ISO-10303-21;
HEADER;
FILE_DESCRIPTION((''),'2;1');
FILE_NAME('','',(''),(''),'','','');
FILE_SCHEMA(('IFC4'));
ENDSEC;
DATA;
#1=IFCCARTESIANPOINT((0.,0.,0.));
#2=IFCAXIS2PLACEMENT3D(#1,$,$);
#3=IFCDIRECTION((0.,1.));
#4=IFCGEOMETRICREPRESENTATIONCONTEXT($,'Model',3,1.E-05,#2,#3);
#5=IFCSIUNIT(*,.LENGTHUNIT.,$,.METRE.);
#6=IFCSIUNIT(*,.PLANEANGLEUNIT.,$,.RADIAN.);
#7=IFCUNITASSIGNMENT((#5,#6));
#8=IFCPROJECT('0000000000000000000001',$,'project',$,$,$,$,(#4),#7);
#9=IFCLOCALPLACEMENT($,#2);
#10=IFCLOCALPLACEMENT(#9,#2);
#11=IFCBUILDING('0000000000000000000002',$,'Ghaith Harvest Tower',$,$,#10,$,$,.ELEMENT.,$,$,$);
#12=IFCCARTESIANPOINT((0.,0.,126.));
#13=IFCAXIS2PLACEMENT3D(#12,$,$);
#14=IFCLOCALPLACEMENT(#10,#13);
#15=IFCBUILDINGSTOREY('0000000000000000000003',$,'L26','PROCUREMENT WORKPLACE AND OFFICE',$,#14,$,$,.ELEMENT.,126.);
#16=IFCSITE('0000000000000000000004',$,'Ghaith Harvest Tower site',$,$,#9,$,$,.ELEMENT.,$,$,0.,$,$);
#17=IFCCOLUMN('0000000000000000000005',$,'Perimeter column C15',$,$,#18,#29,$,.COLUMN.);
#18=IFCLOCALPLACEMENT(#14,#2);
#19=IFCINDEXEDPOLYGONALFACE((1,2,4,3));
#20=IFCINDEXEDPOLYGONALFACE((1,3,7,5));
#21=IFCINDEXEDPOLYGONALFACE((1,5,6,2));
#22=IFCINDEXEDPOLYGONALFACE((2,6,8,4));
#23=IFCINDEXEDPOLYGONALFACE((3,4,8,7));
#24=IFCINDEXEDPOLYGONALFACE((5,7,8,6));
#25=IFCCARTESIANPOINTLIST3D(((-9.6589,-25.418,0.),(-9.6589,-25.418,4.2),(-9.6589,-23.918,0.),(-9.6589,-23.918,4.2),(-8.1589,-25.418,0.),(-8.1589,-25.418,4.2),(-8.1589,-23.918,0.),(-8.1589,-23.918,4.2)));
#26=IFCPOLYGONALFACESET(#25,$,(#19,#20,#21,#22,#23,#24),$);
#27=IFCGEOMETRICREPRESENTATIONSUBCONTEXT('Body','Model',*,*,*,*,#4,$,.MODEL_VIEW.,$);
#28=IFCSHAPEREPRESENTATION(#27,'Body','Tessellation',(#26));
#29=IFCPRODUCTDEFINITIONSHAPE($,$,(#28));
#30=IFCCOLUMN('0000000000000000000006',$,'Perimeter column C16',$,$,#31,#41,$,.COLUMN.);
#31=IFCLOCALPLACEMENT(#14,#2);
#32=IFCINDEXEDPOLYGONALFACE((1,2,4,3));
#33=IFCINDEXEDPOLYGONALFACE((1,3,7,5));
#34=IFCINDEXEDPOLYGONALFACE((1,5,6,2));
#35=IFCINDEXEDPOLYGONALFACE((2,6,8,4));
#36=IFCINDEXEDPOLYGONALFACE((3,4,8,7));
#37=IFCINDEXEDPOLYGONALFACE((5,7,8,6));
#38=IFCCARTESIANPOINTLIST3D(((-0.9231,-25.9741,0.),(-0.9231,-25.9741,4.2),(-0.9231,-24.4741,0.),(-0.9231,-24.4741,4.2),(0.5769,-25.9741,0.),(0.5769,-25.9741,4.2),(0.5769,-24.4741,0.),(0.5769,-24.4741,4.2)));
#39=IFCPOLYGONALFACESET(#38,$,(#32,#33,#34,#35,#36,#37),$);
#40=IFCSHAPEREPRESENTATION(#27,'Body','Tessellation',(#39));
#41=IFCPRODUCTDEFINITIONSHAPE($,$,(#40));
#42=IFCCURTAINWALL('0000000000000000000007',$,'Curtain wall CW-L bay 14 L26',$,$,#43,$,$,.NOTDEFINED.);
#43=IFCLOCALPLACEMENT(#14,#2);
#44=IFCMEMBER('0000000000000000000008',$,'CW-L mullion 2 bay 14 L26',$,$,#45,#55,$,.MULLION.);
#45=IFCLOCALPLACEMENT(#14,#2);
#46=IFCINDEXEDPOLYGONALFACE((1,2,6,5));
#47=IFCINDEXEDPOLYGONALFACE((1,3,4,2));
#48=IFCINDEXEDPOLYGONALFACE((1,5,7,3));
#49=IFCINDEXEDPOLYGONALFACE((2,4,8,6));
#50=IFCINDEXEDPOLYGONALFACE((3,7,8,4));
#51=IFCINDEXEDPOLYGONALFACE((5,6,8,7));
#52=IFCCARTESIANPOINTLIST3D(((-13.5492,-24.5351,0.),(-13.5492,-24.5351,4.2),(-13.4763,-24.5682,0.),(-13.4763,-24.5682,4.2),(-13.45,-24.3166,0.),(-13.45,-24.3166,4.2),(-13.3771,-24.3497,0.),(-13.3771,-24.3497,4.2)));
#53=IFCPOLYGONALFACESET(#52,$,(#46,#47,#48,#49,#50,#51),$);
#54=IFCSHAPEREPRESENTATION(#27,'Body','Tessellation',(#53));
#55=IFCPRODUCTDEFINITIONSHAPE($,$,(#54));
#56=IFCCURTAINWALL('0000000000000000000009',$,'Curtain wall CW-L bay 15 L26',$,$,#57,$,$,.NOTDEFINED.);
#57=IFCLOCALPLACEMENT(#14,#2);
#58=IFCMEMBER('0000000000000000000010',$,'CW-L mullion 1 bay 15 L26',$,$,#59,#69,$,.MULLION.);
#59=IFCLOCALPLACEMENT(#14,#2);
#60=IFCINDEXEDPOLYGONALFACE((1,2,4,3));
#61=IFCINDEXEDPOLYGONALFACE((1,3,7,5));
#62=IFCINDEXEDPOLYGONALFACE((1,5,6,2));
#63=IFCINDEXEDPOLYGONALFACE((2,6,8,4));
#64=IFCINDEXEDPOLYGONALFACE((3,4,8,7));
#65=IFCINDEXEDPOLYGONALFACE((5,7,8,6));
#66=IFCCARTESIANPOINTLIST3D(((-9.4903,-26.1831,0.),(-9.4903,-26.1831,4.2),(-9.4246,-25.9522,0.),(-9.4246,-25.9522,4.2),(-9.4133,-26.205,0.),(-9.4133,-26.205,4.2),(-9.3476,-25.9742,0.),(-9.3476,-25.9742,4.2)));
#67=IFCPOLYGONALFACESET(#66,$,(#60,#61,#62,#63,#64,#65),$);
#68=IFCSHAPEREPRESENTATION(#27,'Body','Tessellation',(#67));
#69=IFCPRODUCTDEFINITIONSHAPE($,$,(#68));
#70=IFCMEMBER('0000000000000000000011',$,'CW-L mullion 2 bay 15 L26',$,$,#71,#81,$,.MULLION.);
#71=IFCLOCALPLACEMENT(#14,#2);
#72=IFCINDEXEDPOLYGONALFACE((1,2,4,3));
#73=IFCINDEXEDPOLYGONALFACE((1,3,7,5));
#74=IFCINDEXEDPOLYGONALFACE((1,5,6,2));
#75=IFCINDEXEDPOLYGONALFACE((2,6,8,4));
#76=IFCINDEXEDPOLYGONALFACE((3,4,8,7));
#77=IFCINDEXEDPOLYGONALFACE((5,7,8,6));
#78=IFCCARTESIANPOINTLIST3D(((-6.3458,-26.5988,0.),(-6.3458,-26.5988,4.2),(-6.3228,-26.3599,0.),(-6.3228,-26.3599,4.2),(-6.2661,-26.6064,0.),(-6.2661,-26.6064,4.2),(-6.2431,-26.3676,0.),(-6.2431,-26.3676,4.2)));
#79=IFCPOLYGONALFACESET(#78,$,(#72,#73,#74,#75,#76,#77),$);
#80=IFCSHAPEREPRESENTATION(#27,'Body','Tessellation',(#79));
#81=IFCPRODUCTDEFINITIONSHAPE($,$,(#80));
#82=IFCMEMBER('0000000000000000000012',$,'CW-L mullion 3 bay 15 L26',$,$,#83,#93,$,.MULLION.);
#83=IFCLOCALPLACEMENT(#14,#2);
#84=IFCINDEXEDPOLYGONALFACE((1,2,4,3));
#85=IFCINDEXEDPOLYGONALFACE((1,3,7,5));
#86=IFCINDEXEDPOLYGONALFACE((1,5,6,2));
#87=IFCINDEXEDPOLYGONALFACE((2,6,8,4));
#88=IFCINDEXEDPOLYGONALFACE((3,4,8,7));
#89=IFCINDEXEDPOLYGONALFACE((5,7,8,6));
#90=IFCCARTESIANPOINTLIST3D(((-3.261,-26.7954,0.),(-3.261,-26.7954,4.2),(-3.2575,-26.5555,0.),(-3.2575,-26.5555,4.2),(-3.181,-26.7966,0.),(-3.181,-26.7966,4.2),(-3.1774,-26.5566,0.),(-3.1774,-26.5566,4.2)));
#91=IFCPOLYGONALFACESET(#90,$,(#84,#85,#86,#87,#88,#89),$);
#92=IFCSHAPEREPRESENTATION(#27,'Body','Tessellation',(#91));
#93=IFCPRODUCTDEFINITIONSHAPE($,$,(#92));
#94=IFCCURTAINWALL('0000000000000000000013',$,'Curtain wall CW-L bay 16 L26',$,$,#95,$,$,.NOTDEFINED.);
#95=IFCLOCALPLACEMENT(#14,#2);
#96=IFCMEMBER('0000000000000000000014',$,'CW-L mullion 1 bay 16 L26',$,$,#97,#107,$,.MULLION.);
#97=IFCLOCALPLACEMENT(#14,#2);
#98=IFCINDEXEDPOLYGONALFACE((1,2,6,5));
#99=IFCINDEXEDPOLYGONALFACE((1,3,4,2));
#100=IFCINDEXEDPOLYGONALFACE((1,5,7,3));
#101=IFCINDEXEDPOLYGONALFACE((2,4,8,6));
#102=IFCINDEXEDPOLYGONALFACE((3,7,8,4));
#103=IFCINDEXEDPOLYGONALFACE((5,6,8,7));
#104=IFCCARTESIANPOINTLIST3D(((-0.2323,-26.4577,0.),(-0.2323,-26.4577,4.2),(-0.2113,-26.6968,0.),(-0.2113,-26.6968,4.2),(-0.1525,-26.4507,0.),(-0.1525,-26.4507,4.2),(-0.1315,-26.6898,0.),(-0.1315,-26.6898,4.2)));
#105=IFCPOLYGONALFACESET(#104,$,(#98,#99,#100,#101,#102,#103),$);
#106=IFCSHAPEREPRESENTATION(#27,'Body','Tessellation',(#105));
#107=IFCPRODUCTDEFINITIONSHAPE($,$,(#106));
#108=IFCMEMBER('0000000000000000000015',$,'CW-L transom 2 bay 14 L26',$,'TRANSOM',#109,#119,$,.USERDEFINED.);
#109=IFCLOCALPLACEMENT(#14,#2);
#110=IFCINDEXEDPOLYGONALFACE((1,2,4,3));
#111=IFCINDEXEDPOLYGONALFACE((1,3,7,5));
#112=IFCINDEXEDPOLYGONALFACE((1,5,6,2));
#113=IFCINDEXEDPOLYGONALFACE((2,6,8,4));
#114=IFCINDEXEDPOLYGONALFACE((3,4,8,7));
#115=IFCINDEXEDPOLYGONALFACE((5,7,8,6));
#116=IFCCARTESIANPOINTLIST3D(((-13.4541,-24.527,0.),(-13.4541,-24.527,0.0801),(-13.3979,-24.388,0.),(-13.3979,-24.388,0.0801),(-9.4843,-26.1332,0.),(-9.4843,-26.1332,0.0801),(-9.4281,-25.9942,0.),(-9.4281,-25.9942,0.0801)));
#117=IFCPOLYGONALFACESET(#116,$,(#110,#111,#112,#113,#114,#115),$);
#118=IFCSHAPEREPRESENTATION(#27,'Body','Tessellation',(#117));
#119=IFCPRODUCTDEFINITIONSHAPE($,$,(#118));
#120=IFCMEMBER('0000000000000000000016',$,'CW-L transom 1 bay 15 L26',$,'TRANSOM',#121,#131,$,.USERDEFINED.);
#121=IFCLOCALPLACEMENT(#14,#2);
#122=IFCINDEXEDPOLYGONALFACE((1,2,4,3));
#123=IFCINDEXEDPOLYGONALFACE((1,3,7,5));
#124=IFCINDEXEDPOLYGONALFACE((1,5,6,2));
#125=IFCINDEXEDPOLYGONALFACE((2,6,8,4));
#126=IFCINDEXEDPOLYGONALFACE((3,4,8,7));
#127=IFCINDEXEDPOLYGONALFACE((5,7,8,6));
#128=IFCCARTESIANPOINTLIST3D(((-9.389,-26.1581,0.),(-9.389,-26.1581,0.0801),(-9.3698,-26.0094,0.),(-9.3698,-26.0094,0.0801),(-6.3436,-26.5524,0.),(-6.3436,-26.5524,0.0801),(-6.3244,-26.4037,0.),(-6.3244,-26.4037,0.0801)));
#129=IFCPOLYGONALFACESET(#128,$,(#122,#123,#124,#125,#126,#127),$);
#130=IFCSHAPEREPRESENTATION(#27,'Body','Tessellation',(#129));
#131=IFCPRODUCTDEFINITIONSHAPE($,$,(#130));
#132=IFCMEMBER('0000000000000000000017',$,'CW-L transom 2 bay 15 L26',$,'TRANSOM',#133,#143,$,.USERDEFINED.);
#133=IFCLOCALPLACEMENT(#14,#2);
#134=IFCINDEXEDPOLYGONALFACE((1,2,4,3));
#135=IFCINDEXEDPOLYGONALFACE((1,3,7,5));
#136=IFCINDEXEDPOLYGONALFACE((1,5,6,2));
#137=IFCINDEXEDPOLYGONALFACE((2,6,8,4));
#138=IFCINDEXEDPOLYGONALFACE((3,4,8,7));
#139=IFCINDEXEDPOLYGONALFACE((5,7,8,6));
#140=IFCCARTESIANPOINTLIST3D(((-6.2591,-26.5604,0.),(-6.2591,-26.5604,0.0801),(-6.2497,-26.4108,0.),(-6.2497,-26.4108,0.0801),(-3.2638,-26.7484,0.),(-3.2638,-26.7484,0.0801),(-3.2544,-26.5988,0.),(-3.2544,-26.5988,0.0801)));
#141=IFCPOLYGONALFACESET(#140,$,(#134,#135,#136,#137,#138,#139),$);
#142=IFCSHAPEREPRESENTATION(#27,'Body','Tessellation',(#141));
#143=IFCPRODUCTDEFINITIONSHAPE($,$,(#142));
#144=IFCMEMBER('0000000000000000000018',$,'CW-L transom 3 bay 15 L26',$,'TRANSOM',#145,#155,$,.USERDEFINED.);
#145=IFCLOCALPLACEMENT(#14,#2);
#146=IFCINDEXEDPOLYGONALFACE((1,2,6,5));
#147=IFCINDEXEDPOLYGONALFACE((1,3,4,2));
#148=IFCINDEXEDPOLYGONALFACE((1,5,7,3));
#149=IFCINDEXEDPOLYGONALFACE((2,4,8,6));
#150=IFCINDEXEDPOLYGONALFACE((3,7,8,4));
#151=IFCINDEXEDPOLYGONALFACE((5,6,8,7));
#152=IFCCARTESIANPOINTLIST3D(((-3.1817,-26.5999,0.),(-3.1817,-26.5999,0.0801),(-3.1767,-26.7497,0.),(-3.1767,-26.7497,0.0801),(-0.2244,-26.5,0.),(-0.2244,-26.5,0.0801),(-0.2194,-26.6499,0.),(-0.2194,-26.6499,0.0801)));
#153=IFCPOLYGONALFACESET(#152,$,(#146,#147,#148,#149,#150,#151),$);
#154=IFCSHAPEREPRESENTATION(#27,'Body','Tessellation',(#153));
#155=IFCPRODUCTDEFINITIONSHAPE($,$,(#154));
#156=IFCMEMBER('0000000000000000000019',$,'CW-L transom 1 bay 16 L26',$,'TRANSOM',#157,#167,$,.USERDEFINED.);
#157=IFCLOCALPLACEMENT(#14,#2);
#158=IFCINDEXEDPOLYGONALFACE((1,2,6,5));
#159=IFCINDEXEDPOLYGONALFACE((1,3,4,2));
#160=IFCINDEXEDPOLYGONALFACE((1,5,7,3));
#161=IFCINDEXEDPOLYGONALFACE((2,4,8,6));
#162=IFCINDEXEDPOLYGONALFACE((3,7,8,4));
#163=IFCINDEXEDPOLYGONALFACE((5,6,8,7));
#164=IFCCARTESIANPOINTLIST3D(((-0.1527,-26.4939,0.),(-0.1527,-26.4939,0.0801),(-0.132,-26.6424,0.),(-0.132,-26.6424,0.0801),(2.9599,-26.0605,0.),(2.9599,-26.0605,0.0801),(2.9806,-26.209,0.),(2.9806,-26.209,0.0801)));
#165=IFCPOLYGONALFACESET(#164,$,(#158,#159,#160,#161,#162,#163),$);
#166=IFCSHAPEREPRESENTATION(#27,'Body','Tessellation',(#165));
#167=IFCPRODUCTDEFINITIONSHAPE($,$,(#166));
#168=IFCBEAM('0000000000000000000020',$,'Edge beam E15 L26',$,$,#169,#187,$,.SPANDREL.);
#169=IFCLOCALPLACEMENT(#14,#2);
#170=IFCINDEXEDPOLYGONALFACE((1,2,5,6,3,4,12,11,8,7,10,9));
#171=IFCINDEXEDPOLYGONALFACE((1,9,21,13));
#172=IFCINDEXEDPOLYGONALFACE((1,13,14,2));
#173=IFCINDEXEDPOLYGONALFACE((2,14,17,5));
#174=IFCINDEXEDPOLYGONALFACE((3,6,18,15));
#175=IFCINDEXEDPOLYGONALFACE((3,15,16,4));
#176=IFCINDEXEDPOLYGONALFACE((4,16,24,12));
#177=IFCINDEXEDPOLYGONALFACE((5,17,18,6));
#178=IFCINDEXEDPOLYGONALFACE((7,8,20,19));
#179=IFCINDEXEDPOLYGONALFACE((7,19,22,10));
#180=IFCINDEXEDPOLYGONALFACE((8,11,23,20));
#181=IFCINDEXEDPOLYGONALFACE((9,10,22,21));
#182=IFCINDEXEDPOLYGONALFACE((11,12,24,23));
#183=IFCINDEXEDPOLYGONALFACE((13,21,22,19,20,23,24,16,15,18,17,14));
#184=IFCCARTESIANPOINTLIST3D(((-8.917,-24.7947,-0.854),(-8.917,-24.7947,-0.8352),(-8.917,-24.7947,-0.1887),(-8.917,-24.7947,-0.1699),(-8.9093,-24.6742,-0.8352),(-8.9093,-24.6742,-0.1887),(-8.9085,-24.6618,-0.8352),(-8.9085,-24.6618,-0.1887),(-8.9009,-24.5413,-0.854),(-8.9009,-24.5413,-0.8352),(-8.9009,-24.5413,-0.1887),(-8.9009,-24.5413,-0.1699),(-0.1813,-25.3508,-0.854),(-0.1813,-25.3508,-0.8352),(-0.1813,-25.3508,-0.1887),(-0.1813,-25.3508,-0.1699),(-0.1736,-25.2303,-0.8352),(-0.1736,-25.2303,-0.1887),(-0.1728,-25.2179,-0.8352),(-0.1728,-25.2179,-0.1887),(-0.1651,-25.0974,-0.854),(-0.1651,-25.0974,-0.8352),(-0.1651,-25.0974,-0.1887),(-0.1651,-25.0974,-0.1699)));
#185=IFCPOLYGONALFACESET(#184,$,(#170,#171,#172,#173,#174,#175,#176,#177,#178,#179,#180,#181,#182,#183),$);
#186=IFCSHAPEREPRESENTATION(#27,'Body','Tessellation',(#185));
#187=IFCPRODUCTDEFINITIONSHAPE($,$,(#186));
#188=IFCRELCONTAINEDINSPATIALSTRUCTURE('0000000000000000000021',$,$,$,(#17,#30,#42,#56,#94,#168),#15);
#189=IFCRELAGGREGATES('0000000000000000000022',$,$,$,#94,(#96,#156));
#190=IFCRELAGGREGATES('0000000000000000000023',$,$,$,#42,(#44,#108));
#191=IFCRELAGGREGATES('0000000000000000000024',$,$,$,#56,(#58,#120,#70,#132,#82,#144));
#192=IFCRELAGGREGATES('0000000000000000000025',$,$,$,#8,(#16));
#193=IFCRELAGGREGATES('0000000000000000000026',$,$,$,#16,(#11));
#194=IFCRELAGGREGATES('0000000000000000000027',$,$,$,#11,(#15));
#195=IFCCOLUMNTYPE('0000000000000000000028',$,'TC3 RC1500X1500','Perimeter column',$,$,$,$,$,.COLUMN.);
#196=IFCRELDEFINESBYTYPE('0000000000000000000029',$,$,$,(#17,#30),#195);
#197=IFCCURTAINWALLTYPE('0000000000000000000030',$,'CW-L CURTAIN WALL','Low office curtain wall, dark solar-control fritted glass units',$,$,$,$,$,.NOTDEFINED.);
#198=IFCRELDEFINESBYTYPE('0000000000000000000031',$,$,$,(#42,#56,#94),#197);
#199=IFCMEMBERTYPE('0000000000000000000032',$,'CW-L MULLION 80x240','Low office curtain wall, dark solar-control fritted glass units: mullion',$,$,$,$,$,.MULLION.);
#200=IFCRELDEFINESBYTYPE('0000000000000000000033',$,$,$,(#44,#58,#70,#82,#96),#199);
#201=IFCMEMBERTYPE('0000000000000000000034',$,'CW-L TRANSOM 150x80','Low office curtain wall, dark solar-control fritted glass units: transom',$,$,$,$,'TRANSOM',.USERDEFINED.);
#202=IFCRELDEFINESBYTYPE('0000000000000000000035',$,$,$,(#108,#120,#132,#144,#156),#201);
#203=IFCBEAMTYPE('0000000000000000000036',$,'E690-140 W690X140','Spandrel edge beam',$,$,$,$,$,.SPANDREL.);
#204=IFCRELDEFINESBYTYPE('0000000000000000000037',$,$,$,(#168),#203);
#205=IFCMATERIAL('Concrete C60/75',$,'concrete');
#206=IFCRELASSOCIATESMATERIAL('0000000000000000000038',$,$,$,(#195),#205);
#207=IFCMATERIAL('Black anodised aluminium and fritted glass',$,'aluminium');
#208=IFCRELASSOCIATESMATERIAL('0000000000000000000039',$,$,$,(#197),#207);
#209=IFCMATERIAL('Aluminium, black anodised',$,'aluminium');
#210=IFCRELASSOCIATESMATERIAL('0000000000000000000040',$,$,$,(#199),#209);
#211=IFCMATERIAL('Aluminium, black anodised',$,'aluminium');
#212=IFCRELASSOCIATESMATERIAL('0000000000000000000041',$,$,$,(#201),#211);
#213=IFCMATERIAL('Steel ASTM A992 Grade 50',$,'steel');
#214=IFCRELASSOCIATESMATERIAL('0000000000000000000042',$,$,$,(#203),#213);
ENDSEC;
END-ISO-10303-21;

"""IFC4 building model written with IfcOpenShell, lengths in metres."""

from ifc_helpers import new_model, si_unit, direction, frame, origin, origin_2d, place, context, subcontext, project, spatial, rectangle, i_section, extrude, material, material_profile, profile_set, type_object, element, aggregate, save


model = new_model("IFC4")

# Units and contexts
model_context = context("Model", 3, precision=1e-05, world=origin(), true_north=direction((0.0, 1.0)))
body_context = subcontext(model_context, "Body", "Model", "MODEL_VIEW")
ifc_project = project(units=[si_unit("LENGTHUNIT", "METRE"), si_unit("PLANEANGLEUNIT", "RADIAN")], contexts=[model_context])

# Site, building, storey
site_placement = place(None, origin())
site = spatial("IfcSite", under=ifc_project, at=site_placement, Name="Ghaith Harvest Tower site", CompositionType="ELEMENT", RefElevation=0.0)
building_placement = place(site_placement, origin())
building = spatial("IfcBuilding", under=site, at=building_placement, Name="Ghaith Harvest Tower", CompositionType="ELEMENT")
storey_placement = place(building_placement, frame((0.0, 0.0, 126.0)))
storey = spatial("IfcBuildingStorey", under=building, at=storey_placement, Name="L26", Description="PROCUREMENT WORKPLACE AND OFFICE", CompositionType="ELEMENT", Elevation=126.0)

# Columns
ifc_material_1 = material(Name="Concrete C60/75", Category="concrete")
ifc_material_profile_1 = material_profile(ifc_material_1, rectangle(XDim=1.5, YDim=1.5, at=origin_2d()), Name="RC1500X1500")
ifc_profile_set_1 = profile_set([ifc_material_profile_1], Name="Concrete C60/75")
column_type = type_object("IfcColumnType", Name="TC3 RC1500X1500", Description="Perimeter column", PredefinedType="COLUMN", material=ifc_profile_set_1)
for number, where, z_axis, x_axis, name in (
    (1, (-8.9089, -24.668, 0.0), (0.0, 0.0, 1.0), (1.0, 0.0, 0.0), "Perimeter column C15"),
    (2, (-0.1731, -25.2241, 0.0), (0.0, 0.0, 1.0), (1.0, 0.0, 0.0), "Perimeter column C16"),
):
    element("IfcColumn", number, at=place(storey_placement, frame(where, z_axis=z_axis, x_axis=x_axis)), inside=storey, type_object=column_type, Name=name, PredefinedType="COLUMN", context=body_context, shape_type="SweptSolid", body=[
        extrude(rectangle(XDim=1.5, YDim=1.5, at=origin_2d()), origin(), (0.0, 0.0, 1.0), 4.2),
    ])

# Curtain wall, member
ifc_material_2 = material(Name="Black anodised aluminium and fritted glass", Category="aluminium")
curtain_wall_type = type_object("IfcCurtainWallType", Name="CW-L CURTAIN WALL", Description="Low office curtain wall, dark solar-control fritted glass units", PredefinedType="NOTDEFINED", material=ifc_material_2)
curtain_wall_1_placement = place(storey_placement, origin())
curtain_wall_1 = element("IfcCurtainWall", 3, at=curtain_wall_1_placement, inside=storey, type_object=curtain_wall_type, Name="Curtain wall CW-L bay 14 L26", PredefinedType="NOTDEFINED")
ifc_material_3 = material(Name="Aluminium, black anodised", Category="aluminium")
ifc_material_profile_2 = material_profile(ifc_material_3, rectangle(XDim=0.0801, YDim=0.24, at=origin_2d()), Name="CW-L MULLION 80x240")
ifc_profile_set_2 = profile_set([ifc_material_profile_2], Name="Aluminium, black anodised")
member_type_1 = type_object("IfcMemberType", Name="CW-L MULLION 80x240", Description="Low office curtain wall, dark solar-control fritted glass units: mullion", PredefinedType="MULLION", material=ifc_profile_set_2)
member_1_placement = place(storey_placement, frame((-13.4631, -24.4424, 0.0), z_axis=(0.0, 0.0, 1.0), x_axis=(0.910648, -0.413183, 0.0)))
member_1 = element("IfcMember", 4, at=member_1_placement, type_object=member_type_1, Name="CW-L mullion 2 bay 14 L26", PredefinedType="MULLION", context=body_context, shape_type="SweptSolid", body=[
    extrude(rectangle(XDim=0.0801, YDim=0.24, at=origin_2d()), origin(), (0.0, 0.0, 1.0), 4.2),
])

# Curtain wall, members
curtain_wall_2_placement = place(storey_placement, origin())
curtain_wall_2 = element("IfcCurtainWall", 5, at=curtain_wall_2_placement, inside=storey, type_object=curtain_wall_type, Name="Curtain wall CW-L bay 15 L26", PredefinedType="NOTDEFINED")
member_2_placement = place(storey_placement, frame((-9.4189, -26.0786, 0.0), z_axis=(0.0, 0.0, 1.0), x_axis=(0.961789, -0.273793, 0.0)))
member_2 = element("IfcMember", 6, at=member_2_placement, type_object=member_type_1, Name="CW-L mullion 1 bay 15 L26", PredefinedType="MULLION", context=body_context, shape_type="SweptSolid", body=[
    extrude(rectangle(XDim=0.0801, YDim=0.24, at=origin_2d()), origin(), (0.0, 0.0, 1.0), 4.2),
])
member_3_placement = place(storey_placement, frame((-6.2944, -26.4832, 0.0), z_axis=(0.0, 0.0, 1.0), x_axis=(0.995389, -0.095918, 0.0)))
member_3 = element("IfcMember", 7, at=member_3_placement, type_object=member_type_1, Name="CW-L mullion 2 bay 15 L26", PredefinedType="MULLION", context=body_context, shape_type="SweptSolid", body=[
    extrude(rectangle(XDim=0.0801, YDim=0.24, at=origin_2d()), origin(), (0.0, 0.0, 1.0), 4.2),
])
member_4_placement = place(storey_placement, frame((-3.2192, -26.676, 0.0), z_axis=(0.0, 0.0, 1.0), x_axis=(0.999891, -0.014796, 0.0)))
member_4 = element("IfcMember", 8, at=member_4_placement, type_object=member_type_1, Name="CW-L mullion 3 bay 15 L26", PredefinedType="MULLION", context=body_context, shape_type="SweptSolid", body=[
    extrude(rectangle(XDim=0.0801, YDim=0.24, at=origin_2d()), origin(), (0.0, 0.0, 1.0), 4.2),
])

# Curtain wall, member
curtain_wall_3_placement = place(storey_placement, origin())
curtain_wall_3 = element("IfcCurtainWall", 9, at=curtain_wall_3_placement, inside=storey, type_object=curtain_wall_type, Name="Curtain wall CW-L bay 16 L26", PredefinedType="NOTDEFINED")
member_5_placement = place(storey_placement, frame((-0.1819, -26.5737, 0.0), z_axis=(0.0, 0.0, 1.0), x_axis=(0.996169, 0.087446, 0.0)))
member_5 = element("IfcMember", 10, at=member_5_placement, type_object=member_type_1, Name="CW-L mullion 1 bay 16 L26", PredefinedType="MULLION", context=body_context, shape_type="SweptSolid", body=[
    extrude(rectangle(XDim=0.0801, YDim=0.24, at=origin_2d()), origin(), (0.0, 0.0, 1.0), 4.2),
])

# Members
ifc_material_4 = material(Name="Aluminium, black anodised", Category="aluminium")
ifc_material_profile_3 = material_profile(ifc_material_4, rectangle(XDim=0.1499, YDim=0.0801, at=origin_2d()), Name="CW-L TRANSOM 150x80")
ifc_profile_set_3 = profile_set([ifc_material_profile_3], Name="Aluminium, black anodised")
member_type_2 = type_object("IfcMemberType", Name="CW-L TRANSOM 150x80", Description="Low office curtain wall, dark solar-control fritted glass units: transom", ElementType="TRANSOM", PredefinedType="USERDEFINED", material=ifc_profile_set_3)
member_6_placement = place(storey_placement, frame((-13.426, -24.4575, 0.04), z_axis=(0.927003, -0.375054, 0.0), x_axis=(0.375054, 0.927003, 0.0)))
member_6 = element("IfcMember", 11, at=member_6_placement, type_object=member_type_2, Name="CW-L transom 2 bay 14 L26", ObjectType="TRANSOM", PredefinedType="USERDEFINED", context=body_context, shape_type="SweptSolid", body=[
    extrude(rectangle(XDim=0.1499, YDim=0.0801, at=origin_2d()), origin(), (0.0, 0.0, 1.0), 4.2825),
])
member_7_placement = place(storey_placement, frame((-9.3794, -26.0837, 0.04), z_axis=(0.991723, -0.128398, 0.0), x_axis=(0.128398, 0.991723, 0.0)))
member_7 = element("IfcMember", 12, at=member_7_placement, type_object=member_type_2, Name="CW-L transom 1 bay 15 L26", ObjectType="TRANSOM", PredefinedType="USERDEFINED", context=body_context, shape_type="SweptSolid", body=[
    extrude(rectangle(XDim=0.1499, YDim=0.0801, at=origin_2d()), origin(), (0.0, 0.0, 1.0), 3.0708),
])
member_8_placement = place(storey_placement, frame((-6.2544, -26.4856, 0.04), z_axis=(0.998036, -0.062637, 0.0), x_axis=(0.062637, 0.998036, 0.0)))
member_8 = element("IfcMember", 13, at=member_8_placement, type_object=member_type_2, Name="CW-L transom 2 bay 15 L26", ObjectType="TRANSOM", PredefinedType="USERDEFINED", context=body_context, shape_type="SweptSolid", body=[
    extrude(rectangle(XDim=0.1499, YDim=0.0801, at=origin_2d()), origin(), (0.0, 0.0, 1.0), 3.0012),
])
member_9_placement = place(storey_placement, frame((-3.1792, -26.6748, 0.04), z_axis=(0.99943, 0.033746, 0.0), x_axis=(-0.033746, 0.99943, 0.0)))
member_9 = element("IfcMember", 14, at=member_9_placement, type_object=member_type_2, Name="CW-L transom 3 bay 15 L26", ObjectType="TRANSOM", PredefinedType="USERDEFINED", context=body_context, shape_type="SweptSolid", body=[
    extrude(rectangle(XDim=0.1499, YDim=0.0801, at=origin_2d()), origin(), (0.0, 0.0, 1.0), 2.959),
])
member_10_placement = place(storey_placement, frame((-0.1423, -26.5681, 0.04), z_axis=(0.990447, 0.137897, 0.0), x_axis=(-0.137897, 0.990447, 0.0)))
member_10 = element("IfcMember", 15, at=member_10_placement, type_object=member_type_2, Name="CW-L transom 1 bay 16 L26", ObjectType="TRANSOM", PredefinedType="USERDEFINED", context=body_context, shape_type="SweptSolid", body=[
    extrude(rectangle(XDim=0.1499, YDim=0.0801, at=origin_2d()), origin(), (0.0, 0.0, 1.0), 3.1426),
])
aggregate(curtain_wall_3, [member_5, member_10])

# Beam
ifc_material_5 = material(Name="Steel ASTM A992 Grade 50", Category="steel")
ifc_material_profile_4 = material_profile(ifc_material_5, i_section(OverallWidth=0.2539, OverallDepth=0.6841, WebThickness=0.0125, FlangeThickness=0.0188, at=origin_2d()), Name="W690X140")
ifc_profile_set_4 = profile_set([ifc_material_profile_4], Name="Steel ASTM A992 Grade 50")
beam_type = type_object("IfcBeamType", Name="E690-140 W690X140", Description="Spandrel edge beam", PredefinedType="SPANDREL", material=ifc_profile_set_4)
beam_1_placement = place(storey_placement, frame((-8.9089, -24.668, -0.512), z_axis=(0.99798, -0.063535, 0.0), x_axis=(0.063535, 0.99798, 0.0)))
element("IfcBeam", 16, at=beam_1_placement, inside=storey, type_object=beam_type, Name="Edge beam E15 L26", PredefinedType="SPANDREL", context=body_context, shape_type="SweptSolid", body=[
    extrude(i_section(OverallWidth=0.2539, OverallDepth=0.6841, WebThickness=0.0125, FlangeThickness=0.0188, at=origin_2d()), origin(), (0.0, 0.0, 1.0), 8.7534),
])

aggregate(curtain_wall_1, [member_1, member_6])
aggregate(curtain_wall_2, [member_2, member_7, member_3, member_8, member_4, member_9])

save(model, "model.ifc")
